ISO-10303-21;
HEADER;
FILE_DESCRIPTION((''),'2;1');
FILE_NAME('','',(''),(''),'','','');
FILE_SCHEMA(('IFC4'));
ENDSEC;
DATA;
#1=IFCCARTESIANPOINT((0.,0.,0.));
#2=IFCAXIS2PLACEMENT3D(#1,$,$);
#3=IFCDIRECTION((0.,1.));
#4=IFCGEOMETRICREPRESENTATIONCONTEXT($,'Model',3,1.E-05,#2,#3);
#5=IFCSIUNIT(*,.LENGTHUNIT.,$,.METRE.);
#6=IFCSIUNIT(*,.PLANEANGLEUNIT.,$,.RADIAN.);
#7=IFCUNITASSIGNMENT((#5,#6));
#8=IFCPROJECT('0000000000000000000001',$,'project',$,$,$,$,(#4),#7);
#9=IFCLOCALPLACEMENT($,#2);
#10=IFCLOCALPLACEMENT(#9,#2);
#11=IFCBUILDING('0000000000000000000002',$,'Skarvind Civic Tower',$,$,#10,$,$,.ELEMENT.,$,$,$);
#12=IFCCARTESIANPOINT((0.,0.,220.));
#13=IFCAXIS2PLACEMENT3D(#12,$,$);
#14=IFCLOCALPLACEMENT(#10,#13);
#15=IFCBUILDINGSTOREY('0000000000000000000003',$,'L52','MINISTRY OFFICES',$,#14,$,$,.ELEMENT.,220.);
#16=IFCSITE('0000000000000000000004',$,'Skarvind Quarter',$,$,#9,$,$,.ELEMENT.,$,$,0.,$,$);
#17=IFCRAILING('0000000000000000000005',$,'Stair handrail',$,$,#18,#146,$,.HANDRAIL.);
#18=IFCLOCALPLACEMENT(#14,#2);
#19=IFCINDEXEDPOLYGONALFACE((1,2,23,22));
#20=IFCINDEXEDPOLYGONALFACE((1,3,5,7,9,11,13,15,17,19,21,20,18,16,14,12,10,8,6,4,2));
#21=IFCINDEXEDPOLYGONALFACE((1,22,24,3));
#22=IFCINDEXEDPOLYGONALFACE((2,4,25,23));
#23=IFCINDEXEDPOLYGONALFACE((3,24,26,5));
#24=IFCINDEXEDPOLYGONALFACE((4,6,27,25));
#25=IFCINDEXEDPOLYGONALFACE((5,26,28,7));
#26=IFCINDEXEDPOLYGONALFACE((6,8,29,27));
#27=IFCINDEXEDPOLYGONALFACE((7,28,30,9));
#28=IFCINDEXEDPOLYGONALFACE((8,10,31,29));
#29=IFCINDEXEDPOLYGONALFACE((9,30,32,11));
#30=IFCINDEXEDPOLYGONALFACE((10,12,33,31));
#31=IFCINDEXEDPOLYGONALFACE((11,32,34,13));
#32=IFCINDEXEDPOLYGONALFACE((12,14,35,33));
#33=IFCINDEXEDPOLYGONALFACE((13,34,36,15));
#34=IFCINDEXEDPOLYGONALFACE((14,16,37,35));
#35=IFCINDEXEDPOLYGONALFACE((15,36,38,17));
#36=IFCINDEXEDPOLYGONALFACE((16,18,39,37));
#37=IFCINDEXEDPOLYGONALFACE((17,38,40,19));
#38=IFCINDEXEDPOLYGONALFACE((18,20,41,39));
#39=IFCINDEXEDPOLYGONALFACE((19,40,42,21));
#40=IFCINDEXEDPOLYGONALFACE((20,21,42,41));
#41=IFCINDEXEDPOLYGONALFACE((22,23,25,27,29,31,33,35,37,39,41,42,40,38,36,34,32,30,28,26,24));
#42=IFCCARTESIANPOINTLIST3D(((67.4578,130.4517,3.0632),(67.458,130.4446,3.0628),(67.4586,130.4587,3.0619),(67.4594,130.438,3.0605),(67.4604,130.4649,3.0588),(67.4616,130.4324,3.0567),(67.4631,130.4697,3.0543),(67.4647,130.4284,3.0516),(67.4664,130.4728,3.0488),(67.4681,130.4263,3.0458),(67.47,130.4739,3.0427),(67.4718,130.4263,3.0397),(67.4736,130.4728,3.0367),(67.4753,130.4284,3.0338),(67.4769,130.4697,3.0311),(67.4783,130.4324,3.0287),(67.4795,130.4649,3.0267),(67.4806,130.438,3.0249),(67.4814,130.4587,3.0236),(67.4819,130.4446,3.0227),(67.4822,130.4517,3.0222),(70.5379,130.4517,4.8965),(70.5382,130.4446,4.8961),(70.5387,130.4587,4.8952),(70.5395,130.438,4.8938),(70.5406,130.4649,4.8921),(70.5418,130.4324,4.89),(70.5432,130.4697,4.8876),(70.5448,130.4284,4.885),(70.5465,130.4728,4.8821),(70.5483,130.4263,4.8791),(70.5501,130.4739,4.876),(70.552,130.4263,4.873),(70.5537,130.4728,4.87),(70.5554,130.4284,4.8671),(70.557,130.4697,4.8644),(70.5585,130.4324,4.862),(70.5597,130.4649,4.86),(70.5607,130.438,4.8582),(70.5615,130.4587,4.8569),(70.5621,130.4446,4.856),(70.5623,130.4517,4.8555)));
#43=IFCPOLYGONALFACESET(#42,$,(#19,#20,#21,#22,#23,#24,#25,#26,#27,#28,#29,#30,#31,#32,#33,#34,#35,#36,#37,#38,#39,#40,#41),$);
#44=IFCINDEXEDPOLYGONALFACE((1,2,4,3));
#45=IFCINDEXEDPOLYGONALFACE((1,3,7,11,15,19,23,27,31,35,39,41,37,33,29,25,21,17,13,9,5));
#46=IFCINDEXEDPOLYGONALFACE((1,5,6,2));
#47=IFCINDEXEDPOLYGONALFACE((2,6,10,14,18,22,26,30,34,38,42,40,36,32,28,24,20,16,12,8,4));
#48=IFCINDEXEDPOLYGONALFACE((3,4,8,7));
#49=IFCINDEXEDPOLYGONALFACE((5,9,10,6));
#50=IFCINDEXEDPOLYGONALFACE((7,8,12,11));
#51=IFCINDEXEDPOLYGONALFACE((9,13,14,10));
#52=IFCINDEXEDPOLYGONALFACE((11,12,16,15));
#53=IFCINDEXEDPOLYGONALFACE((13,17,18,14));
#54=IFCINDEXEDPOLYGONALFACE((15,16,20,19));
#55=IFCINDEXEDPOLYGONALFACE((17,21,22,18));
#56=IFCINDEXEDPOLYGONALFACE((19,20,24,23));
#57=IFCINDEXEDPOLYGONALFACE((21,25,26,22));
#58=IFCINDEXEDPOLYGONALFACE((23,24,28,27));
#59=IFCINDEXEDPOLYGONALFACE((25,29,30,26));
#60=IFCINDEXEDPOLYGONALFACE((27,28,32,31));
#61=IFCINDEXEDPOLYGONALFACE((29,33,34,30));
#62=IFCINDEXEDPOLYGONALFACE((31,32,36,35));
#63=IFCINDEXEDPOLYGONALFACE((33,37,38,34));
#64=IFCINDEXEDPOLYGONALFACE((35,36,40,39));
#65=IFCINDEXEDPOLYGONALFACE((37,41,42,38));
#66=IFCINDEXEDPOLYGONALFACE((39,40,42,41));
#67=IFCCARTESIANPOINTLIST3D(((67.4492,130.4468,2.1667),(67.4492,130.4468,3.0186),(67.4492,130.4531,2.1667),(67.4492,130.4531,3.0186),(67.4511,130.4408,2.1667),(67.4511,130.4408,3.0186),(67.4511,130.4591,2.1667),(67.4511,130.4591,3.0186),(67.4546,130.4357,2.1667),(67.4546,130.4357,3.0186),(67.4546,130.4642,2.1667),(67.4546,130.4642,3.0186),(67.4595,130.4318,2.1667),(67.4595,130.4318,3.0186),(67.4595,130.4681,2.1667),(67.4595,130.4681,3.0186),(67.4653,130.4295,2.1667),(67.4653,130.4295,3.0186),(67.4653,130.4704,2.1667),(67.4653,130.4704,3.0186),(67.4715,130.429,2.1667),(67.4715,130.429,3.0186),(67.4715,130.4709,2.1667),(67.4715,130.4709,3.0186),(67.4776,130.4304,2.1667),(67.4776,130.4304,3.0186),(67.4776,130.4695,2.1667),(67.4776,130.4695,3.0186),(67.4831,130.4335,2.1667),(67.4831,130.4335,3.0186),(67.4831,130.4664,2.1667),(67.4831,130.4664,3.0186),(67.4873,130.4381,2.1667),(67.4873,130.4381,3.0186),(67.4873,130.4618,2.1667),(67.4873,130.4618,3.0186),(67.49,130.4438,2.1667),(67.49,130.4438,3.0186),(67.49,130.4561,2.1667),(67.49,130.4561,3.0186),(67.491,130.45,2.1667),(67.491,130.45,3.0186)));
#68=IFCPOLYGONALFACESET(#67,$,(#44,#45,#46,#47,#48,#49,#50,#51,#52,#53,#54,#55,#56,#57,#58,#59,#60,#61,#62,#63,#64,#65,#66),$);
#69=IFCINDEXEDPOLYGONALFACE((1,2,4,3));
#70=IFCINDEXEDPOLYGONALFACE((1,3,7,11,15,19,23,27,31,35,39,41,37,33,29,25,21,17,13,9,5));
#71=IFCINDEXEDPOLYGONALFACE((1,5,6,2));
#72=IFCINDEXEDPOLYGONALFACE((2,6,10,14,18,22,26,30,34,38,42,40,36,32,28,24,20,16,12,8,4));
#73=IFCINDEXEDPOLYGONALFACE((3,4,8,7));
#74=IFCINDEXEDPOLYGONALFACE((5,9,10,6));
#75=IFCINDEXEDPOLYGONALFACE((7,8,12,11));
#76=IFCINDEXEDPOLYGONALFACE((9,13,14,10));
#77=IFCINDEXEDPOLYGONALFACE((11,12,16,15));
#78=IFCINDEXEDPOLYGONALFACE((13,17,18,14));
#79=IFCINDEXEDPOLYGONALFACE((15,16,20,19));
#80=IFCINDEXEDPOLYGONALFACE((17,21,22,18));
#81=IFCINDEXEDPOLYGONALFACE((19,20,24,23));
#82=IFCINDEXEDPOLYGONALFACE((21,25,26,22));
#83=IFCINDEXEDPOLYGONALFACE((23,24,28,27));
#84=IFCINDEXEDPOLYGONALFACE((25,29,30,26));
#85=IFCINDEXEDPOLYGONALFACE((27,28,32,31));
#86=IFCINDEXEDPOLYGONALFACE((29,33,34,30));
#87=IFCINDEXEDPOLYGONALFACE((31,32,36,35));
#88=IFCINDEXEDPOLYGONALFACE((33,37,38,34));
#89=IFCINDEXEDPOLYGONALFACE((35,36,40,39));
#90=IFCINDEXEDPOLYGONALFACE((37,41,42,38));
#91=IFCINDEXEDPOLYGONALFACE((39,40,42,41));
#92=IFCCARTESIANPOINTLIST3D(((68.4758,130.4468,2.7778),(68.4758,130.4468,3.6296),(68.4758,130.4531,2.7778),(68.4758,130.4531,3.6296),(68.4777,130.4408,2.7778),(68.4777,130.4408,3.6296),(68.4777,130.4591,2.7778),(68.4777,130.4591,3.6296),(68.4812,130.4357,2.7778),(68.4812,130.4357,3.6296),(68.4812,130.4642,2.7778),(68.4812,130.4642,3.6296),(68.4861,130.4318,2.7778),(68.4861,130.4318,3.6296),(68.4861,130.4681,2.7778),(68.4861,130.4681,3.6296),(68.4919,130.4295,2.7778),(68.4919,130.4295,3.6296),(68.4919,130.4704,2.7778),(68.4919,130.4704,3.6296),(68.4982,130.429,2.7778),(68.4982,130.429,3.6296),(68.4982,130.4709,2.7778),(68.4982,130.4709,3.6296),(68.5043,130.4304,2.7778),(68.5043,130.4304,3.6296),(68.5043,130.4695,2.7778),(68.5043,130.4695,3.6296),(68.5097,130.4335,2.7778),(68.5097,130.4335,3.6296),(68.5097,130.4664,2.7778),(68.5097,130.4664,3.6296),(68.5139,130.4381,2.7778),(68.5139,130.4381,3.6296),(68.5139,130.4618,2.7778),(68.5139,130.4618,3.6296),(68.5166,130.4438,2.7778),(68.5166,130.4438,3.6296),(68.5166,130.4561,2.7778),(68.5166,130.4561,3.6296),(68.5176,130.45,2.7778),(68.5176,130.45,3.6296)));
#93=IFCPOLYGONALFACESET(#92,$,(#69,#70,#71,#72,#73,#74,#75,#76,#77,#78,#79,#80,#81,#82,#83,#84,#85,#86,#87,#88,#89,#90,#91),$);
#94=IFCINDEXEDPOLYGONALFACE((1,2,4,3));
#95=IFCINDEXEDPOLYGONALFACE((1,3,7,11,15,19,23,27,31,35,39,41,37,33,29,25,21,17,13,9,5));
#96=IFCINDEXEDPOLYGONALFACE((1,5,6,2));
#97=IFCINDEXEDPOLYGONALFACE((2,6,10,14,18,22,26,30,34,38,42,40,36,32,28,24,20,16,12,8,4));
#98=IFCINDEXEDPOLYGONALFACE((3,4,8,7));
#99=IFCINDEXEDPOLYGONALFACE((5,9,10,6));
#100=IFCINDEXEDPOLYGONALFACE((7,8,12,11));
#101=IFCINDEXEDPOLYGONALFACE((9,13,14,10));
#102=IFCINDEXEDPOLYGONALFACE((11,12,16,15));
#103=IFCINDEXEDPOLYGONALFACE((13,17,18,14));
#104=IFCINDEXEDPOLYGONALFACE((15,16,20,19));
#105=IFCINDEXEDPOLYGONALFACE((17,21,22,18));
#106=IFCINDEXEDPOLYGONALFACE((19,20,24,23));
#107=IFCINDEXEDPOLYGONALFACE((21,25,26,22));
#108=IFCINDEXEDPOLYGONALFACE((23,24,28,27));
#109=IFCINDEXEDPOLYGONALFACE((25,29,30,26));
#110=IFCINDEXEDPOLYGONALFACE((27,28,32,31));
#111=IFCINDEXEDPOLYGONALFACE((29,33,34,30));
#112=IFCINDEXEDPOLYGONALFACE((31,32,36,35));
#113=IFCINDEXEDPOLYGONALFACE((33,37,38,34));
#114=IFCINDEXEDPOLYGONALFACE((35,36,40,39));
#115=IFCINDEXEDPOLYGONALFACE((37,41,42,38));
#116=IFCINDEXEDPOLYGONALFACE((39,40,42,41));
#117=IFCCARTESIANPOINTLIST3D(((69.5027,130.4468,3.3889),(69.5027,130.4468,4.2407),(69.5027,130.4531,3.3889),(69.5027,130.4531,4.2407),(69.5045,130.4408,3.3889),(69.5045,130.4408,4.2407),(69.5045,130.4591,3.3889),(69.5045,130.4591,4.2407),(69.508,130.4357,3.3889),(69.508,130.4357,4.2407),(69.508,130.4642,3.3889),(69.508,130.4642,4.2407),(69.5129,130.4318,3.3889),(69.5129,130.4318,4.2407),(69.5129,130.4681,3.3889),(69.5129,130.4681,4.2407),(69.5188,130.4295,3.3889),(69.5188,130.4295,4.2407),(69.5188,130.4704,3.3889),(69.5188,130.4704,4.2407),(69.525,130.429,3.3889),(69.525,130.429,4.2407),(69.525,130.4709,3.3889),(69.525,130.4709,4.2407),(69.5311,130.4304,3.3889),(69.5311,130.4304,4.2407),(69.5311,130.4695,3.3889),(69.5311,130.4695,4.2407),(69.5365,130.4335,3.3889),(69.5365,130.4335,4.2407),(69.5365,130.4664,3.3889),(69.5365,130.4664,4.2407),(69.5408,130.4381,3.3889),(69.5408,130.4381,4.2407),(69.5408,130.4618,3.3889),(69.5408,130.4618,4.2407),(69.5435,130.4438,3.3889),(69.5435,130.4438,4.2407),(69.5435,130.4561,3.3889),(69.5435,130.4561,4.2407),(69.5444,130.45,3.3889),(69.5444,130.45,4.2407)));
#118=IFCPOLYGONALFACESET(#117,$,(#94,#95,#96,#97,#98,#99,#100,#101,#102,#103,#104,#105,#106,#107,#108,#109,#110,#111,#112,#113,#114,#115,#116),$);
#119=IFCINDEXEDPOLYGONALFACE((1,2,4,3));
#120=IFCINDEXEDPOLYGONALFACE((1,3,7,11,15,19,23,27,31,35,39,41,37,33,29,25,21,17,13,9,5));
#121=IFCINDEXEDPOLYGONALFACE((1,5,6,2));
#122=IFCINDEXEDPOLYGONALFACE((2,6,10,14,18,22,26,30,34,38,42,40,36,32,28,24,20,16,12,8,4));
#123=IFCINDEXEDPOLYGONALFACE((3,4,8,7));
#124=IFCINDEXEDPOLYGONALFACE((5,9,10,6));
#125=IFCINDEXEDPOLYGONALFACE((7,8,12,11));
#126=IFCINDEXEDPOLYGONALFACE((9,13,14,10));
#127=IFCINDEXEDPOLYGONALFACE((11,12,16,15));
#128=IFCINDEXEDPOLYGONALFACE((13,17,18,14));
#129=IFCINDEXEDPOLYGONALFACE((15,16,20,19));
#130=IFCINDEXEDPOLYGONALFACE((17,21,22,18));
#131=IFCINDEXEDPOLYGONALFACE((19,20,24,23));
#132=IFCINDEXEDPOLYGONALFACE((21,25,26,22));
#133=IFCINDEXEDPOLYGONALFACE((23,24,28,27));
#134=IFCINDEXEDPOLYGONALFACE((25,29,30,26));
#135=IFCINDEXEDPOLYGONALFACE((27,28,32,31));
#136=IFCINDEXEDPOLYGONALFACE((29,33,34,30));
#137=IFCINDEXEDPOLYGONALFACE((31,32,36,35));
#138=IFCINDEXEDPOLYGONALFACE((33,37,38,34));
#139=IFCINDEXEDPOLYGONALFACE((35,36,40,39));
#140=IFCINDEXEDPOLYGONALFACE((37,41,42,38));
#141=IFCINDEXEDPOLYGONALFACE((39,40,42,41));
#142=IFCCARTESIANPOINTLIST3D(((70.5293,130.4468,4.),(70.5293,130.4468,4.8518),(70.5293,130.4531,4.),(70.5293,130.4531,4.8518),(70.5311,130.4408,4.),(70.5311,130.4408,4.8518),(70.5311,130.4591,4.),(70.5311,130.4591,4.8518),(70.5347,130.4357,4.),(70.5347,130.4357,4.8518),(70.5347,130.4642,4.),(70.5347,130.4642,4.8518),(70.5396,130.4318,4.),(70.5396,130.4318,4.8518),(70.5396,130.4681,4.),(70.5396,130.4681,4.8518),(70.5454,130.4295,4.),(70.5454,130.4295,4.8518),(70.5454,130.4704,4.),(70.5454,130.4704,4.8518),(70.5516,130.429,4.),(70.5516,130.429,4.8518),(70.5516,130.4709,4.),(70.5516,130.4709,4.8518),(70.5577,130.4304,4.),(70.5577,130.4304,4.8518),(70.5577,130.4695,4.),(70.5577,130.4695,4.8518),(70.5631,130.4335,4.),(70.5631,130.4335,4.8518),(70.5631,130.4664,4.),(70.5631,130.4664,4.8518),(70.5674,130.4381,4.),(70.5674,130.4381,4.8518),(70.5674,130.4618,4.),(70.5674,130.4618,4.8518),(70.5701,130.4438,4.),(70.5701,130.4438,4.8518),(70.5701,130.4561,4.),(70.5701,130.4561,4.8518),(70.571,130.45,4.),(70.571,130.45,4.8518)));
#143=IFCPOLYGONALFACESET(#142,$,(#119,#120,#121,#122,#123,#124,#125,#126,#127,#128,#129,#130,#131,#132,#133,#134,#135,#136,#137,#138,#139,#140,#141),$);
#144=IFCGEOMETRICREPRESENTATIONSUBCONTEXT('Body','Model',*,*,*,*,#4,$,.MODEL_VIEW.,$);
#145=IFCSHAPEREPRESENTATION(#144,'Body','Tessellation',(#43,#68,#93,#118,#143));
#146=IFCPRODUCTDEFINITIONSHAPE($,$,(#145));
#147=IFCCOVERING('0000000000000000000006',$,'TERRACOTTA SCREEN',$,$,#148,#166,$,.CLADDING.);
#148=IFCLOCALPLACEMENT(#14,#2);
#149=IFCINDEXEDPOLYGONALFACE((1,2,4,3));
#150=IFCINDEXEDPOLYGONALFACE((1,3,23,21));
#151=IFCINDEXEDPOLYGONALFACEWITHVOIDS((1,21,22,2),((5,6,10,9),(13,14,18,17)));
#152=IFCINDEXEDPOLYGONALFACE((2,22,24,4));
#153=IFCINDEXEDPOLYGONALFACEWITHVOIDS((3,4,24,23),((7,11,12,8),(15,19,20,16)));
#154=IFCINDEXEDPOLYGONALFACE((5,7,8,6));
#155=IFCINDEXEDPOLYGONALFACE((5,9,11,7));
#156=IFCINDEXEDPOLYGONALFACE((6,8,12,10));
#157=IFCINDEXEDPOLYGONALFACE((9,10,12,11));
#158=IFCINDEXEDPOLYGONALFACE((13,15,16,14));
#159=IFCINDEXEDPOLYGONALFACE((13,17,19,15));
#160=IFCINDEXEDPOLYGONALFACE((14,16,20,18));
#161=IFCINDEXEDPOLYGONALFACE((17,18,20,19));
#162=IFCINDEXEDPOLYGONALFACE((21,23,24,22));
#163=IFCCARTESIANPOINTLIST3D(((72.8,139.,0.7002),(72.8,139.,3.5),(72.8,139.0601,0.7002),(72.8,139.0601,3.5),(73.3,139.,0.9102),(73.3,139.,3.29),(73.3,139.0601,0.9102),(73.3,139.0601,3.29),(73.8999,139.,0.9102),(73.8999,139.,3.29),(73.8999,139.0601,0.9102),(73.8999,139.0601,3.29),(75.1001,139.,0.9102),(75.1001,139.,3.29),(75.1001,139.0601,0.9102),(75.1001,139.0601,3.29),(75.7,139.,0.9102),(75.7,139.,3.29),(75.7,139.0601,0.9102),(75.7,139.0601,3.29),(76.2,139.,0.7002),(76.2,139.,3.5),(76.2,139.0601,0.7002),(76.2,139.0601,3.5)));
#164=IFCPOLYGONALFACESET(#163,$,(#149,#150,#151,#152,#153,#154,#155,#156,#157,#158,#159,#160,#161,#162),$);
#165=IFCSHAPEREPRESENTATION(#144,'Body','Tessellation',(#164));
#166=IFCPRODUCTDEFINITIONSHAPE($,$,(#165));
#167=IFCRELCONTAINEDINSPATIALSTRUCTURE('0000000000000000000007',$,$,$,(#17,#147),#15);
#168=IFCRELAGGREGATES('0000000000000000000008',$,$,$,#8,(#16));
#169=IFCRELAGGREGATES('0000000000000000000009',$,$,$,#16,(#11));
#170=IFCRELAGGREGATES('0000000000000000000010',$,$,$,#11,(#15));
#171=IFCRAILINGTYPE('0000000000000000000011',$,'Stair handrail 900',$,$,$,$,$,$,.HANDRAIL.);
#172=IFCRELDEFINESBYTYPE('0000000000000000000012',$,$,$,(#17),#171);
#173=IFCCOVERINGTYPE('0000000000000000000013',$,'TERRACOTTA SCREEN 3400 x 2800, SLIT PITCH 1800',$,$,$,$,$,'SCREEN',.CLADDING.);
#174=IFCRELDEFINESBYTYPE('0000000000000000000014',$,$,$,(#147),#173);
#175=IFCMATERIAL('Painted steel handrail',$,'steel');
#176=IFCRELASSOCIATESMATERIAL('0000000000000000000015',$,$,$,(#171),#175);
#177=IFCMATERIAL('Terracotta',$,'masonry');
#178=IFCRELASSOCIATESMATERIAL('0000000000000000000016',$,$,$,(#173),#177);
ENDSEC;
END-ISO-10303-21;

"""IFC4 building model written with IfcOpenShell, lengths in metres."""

from ifc_helpers import new_model, si_unit, direction, frame, origin, origin_2d, place, context, subcontext, project, spatial, polyline, circle, outline, extrude, material, material_profile, profile_set, type_object, element, save


model = new_model("IFC4")

# Units and contexts
model_context = context("Model", 3, precision=1e-05, world=origin(), true_north=direction((0.0, 1.0)))
body_context = subcontext(model_context, "Body", "Model", "MODEL_VIEW")
ifc_project = project(units=[si_unit("LENGTHUNIT", "METRE"), si_unit("PLANEANGLEUNIT", "RADIAN")], contexts=[model_context])

# Site, building, storey
site_placement = place(None, origin())
site = spatial("IfcSite", under=ifc_project, at=site_placement, Name="Skarvind Quarter", CompositionType="ELEMENT", RefElevation=0.0)
building_placement = place(site_placement, origin())
building = spatial("IfcBuilding", under=site, at=building_placement, Name="Skarvind Civic Tower", CompositionType="ELEMENT")
storey_placement = place(building_placement, frame((0.0, 0.0, 220.0)))
storey = spatial("IfcBuildingStorey", under=building, at=storey_placement, Name="L52", Description="MINISTRY OFFICES", CompositionType="ELEMENT", Elevation=220.0)

# Railing
ifc_material_1 = material(Name="Painted steel handrail", Category="steel")
railing_type = type_object("IfcRailingType", Name="Stair handrail 900", PredefinedType="HANDRAIL", material=ifc_material_1)
railing_1_placement = place(storey_placement, frame((67.47, 130.45, 2.1667)))
element("IfcRailing", 1, at=railing_1_placement, inside=storey, type_object=railing_type, Name="Stair handrail", PredefinedType="HANDRAIL", context=body_context, shape_type="SweptSolid", body=[
    extrude(circle(Radius=0.0239, at=origin_2d()), frame((0.0, 0.0, 0.876), z_axis=(0.859309, 0.0, 0.511458), x_axis=(0.0, 1.0, 0.0)), (0.0, 0.0, 1.0), 3.5845),
    extrude(circle(Radius=0.021, at=origin_2d()), origin(), (0.0, 0.0, 1.0), 0.8518),
    extrude(circle(Radius=0.021, at=origin_2d()), frame((1.0266, 0.0, 0.6111)), (0.0, 0.0, 1.0), 0.8518),
    extrude(circle(Radius=0.021, at=origin_2d()), frame((2.0535, 0.0, 1.2222)), (0.0, 0.0, 1.0), 0.8518),
    extrude(circle(Radius=0.021, at=origin_2d()), frame((3.0801, 0.0, 1.8333)), (0.0, 0.0, 1.0), 0.8518),
])

# Covering
ifc_material_2 = material(Name="Terracotta", Category="masonry")
ifc_material_profile_1 = material_profile(ifc_material_2, outline(polyline([(-1.7, -1.3999), (1.7, -1.3999), (1.7, 1.3999), (-1.7, 1.3999), (-1.7, -1.3999)]), holes=[polyline([(-1.2, -1.1899), (-0.6001, -1.1899), (-0.6001, 1.1899), (-1.2, 1.1899), (-1.2, -1.1899)]), polyline([(0.6001, -1.1899), (1.2, -1.1899), (1.2, 1.1899), (0.6001, 1.1899), (0.6001, -1.1899)])]), Name="TERRACOTTA SCREEN 3400 x 2800, SLIT PITCH 1800")
ifc_profile_set_1 = profile_set([ifc_material_profile_1], Name="Terracotta")
covering_type = type_object("IfcCoveringType", Name="TERRACOTTA SCREEN 3400 x 2800, SLIT PITCH 1800", ElementType="SCREEN", PredefinedType="CLADDING", material=ifc_profile_set_1)
covering_placement = place(storey_placement, frame((74.5, 139.0, 2.1001), z_axis=(0.0, 1.0, 0.0), x_axis=(-1.0, 0.0, 0.0)))
element("IfcCovering", 2, at=covering_placement, inside=storey, type_object=covering_type, Name="TERRACOTTA SCREEN", PredefinedType="CLADDING", context=body_context, shape_type="SweptSolid", body=[
    extrude(outline(polyline([(-1.7, -1.3999), (1.7, -1.3999), (1.7, 1.3999), (-1.7, 1.3999), (-1.7, -1.3999)]), holes=[polyline([(-1.2, -1.1899), (-0.6001, -1.1899), (-0.6001, 1.1899), (-1.2, 1.1899), (-1.2, -1.1899)]), polyline([(0.6001, -1.1899), (1.2, -1.1899), (1.2, 1.1899), (0.6001, 1.1899), (0.6001, -1.1899)])]), origin(), (0.0, 0.0, 1.0), 0.0601),
])

save(model, "model.ifc")
